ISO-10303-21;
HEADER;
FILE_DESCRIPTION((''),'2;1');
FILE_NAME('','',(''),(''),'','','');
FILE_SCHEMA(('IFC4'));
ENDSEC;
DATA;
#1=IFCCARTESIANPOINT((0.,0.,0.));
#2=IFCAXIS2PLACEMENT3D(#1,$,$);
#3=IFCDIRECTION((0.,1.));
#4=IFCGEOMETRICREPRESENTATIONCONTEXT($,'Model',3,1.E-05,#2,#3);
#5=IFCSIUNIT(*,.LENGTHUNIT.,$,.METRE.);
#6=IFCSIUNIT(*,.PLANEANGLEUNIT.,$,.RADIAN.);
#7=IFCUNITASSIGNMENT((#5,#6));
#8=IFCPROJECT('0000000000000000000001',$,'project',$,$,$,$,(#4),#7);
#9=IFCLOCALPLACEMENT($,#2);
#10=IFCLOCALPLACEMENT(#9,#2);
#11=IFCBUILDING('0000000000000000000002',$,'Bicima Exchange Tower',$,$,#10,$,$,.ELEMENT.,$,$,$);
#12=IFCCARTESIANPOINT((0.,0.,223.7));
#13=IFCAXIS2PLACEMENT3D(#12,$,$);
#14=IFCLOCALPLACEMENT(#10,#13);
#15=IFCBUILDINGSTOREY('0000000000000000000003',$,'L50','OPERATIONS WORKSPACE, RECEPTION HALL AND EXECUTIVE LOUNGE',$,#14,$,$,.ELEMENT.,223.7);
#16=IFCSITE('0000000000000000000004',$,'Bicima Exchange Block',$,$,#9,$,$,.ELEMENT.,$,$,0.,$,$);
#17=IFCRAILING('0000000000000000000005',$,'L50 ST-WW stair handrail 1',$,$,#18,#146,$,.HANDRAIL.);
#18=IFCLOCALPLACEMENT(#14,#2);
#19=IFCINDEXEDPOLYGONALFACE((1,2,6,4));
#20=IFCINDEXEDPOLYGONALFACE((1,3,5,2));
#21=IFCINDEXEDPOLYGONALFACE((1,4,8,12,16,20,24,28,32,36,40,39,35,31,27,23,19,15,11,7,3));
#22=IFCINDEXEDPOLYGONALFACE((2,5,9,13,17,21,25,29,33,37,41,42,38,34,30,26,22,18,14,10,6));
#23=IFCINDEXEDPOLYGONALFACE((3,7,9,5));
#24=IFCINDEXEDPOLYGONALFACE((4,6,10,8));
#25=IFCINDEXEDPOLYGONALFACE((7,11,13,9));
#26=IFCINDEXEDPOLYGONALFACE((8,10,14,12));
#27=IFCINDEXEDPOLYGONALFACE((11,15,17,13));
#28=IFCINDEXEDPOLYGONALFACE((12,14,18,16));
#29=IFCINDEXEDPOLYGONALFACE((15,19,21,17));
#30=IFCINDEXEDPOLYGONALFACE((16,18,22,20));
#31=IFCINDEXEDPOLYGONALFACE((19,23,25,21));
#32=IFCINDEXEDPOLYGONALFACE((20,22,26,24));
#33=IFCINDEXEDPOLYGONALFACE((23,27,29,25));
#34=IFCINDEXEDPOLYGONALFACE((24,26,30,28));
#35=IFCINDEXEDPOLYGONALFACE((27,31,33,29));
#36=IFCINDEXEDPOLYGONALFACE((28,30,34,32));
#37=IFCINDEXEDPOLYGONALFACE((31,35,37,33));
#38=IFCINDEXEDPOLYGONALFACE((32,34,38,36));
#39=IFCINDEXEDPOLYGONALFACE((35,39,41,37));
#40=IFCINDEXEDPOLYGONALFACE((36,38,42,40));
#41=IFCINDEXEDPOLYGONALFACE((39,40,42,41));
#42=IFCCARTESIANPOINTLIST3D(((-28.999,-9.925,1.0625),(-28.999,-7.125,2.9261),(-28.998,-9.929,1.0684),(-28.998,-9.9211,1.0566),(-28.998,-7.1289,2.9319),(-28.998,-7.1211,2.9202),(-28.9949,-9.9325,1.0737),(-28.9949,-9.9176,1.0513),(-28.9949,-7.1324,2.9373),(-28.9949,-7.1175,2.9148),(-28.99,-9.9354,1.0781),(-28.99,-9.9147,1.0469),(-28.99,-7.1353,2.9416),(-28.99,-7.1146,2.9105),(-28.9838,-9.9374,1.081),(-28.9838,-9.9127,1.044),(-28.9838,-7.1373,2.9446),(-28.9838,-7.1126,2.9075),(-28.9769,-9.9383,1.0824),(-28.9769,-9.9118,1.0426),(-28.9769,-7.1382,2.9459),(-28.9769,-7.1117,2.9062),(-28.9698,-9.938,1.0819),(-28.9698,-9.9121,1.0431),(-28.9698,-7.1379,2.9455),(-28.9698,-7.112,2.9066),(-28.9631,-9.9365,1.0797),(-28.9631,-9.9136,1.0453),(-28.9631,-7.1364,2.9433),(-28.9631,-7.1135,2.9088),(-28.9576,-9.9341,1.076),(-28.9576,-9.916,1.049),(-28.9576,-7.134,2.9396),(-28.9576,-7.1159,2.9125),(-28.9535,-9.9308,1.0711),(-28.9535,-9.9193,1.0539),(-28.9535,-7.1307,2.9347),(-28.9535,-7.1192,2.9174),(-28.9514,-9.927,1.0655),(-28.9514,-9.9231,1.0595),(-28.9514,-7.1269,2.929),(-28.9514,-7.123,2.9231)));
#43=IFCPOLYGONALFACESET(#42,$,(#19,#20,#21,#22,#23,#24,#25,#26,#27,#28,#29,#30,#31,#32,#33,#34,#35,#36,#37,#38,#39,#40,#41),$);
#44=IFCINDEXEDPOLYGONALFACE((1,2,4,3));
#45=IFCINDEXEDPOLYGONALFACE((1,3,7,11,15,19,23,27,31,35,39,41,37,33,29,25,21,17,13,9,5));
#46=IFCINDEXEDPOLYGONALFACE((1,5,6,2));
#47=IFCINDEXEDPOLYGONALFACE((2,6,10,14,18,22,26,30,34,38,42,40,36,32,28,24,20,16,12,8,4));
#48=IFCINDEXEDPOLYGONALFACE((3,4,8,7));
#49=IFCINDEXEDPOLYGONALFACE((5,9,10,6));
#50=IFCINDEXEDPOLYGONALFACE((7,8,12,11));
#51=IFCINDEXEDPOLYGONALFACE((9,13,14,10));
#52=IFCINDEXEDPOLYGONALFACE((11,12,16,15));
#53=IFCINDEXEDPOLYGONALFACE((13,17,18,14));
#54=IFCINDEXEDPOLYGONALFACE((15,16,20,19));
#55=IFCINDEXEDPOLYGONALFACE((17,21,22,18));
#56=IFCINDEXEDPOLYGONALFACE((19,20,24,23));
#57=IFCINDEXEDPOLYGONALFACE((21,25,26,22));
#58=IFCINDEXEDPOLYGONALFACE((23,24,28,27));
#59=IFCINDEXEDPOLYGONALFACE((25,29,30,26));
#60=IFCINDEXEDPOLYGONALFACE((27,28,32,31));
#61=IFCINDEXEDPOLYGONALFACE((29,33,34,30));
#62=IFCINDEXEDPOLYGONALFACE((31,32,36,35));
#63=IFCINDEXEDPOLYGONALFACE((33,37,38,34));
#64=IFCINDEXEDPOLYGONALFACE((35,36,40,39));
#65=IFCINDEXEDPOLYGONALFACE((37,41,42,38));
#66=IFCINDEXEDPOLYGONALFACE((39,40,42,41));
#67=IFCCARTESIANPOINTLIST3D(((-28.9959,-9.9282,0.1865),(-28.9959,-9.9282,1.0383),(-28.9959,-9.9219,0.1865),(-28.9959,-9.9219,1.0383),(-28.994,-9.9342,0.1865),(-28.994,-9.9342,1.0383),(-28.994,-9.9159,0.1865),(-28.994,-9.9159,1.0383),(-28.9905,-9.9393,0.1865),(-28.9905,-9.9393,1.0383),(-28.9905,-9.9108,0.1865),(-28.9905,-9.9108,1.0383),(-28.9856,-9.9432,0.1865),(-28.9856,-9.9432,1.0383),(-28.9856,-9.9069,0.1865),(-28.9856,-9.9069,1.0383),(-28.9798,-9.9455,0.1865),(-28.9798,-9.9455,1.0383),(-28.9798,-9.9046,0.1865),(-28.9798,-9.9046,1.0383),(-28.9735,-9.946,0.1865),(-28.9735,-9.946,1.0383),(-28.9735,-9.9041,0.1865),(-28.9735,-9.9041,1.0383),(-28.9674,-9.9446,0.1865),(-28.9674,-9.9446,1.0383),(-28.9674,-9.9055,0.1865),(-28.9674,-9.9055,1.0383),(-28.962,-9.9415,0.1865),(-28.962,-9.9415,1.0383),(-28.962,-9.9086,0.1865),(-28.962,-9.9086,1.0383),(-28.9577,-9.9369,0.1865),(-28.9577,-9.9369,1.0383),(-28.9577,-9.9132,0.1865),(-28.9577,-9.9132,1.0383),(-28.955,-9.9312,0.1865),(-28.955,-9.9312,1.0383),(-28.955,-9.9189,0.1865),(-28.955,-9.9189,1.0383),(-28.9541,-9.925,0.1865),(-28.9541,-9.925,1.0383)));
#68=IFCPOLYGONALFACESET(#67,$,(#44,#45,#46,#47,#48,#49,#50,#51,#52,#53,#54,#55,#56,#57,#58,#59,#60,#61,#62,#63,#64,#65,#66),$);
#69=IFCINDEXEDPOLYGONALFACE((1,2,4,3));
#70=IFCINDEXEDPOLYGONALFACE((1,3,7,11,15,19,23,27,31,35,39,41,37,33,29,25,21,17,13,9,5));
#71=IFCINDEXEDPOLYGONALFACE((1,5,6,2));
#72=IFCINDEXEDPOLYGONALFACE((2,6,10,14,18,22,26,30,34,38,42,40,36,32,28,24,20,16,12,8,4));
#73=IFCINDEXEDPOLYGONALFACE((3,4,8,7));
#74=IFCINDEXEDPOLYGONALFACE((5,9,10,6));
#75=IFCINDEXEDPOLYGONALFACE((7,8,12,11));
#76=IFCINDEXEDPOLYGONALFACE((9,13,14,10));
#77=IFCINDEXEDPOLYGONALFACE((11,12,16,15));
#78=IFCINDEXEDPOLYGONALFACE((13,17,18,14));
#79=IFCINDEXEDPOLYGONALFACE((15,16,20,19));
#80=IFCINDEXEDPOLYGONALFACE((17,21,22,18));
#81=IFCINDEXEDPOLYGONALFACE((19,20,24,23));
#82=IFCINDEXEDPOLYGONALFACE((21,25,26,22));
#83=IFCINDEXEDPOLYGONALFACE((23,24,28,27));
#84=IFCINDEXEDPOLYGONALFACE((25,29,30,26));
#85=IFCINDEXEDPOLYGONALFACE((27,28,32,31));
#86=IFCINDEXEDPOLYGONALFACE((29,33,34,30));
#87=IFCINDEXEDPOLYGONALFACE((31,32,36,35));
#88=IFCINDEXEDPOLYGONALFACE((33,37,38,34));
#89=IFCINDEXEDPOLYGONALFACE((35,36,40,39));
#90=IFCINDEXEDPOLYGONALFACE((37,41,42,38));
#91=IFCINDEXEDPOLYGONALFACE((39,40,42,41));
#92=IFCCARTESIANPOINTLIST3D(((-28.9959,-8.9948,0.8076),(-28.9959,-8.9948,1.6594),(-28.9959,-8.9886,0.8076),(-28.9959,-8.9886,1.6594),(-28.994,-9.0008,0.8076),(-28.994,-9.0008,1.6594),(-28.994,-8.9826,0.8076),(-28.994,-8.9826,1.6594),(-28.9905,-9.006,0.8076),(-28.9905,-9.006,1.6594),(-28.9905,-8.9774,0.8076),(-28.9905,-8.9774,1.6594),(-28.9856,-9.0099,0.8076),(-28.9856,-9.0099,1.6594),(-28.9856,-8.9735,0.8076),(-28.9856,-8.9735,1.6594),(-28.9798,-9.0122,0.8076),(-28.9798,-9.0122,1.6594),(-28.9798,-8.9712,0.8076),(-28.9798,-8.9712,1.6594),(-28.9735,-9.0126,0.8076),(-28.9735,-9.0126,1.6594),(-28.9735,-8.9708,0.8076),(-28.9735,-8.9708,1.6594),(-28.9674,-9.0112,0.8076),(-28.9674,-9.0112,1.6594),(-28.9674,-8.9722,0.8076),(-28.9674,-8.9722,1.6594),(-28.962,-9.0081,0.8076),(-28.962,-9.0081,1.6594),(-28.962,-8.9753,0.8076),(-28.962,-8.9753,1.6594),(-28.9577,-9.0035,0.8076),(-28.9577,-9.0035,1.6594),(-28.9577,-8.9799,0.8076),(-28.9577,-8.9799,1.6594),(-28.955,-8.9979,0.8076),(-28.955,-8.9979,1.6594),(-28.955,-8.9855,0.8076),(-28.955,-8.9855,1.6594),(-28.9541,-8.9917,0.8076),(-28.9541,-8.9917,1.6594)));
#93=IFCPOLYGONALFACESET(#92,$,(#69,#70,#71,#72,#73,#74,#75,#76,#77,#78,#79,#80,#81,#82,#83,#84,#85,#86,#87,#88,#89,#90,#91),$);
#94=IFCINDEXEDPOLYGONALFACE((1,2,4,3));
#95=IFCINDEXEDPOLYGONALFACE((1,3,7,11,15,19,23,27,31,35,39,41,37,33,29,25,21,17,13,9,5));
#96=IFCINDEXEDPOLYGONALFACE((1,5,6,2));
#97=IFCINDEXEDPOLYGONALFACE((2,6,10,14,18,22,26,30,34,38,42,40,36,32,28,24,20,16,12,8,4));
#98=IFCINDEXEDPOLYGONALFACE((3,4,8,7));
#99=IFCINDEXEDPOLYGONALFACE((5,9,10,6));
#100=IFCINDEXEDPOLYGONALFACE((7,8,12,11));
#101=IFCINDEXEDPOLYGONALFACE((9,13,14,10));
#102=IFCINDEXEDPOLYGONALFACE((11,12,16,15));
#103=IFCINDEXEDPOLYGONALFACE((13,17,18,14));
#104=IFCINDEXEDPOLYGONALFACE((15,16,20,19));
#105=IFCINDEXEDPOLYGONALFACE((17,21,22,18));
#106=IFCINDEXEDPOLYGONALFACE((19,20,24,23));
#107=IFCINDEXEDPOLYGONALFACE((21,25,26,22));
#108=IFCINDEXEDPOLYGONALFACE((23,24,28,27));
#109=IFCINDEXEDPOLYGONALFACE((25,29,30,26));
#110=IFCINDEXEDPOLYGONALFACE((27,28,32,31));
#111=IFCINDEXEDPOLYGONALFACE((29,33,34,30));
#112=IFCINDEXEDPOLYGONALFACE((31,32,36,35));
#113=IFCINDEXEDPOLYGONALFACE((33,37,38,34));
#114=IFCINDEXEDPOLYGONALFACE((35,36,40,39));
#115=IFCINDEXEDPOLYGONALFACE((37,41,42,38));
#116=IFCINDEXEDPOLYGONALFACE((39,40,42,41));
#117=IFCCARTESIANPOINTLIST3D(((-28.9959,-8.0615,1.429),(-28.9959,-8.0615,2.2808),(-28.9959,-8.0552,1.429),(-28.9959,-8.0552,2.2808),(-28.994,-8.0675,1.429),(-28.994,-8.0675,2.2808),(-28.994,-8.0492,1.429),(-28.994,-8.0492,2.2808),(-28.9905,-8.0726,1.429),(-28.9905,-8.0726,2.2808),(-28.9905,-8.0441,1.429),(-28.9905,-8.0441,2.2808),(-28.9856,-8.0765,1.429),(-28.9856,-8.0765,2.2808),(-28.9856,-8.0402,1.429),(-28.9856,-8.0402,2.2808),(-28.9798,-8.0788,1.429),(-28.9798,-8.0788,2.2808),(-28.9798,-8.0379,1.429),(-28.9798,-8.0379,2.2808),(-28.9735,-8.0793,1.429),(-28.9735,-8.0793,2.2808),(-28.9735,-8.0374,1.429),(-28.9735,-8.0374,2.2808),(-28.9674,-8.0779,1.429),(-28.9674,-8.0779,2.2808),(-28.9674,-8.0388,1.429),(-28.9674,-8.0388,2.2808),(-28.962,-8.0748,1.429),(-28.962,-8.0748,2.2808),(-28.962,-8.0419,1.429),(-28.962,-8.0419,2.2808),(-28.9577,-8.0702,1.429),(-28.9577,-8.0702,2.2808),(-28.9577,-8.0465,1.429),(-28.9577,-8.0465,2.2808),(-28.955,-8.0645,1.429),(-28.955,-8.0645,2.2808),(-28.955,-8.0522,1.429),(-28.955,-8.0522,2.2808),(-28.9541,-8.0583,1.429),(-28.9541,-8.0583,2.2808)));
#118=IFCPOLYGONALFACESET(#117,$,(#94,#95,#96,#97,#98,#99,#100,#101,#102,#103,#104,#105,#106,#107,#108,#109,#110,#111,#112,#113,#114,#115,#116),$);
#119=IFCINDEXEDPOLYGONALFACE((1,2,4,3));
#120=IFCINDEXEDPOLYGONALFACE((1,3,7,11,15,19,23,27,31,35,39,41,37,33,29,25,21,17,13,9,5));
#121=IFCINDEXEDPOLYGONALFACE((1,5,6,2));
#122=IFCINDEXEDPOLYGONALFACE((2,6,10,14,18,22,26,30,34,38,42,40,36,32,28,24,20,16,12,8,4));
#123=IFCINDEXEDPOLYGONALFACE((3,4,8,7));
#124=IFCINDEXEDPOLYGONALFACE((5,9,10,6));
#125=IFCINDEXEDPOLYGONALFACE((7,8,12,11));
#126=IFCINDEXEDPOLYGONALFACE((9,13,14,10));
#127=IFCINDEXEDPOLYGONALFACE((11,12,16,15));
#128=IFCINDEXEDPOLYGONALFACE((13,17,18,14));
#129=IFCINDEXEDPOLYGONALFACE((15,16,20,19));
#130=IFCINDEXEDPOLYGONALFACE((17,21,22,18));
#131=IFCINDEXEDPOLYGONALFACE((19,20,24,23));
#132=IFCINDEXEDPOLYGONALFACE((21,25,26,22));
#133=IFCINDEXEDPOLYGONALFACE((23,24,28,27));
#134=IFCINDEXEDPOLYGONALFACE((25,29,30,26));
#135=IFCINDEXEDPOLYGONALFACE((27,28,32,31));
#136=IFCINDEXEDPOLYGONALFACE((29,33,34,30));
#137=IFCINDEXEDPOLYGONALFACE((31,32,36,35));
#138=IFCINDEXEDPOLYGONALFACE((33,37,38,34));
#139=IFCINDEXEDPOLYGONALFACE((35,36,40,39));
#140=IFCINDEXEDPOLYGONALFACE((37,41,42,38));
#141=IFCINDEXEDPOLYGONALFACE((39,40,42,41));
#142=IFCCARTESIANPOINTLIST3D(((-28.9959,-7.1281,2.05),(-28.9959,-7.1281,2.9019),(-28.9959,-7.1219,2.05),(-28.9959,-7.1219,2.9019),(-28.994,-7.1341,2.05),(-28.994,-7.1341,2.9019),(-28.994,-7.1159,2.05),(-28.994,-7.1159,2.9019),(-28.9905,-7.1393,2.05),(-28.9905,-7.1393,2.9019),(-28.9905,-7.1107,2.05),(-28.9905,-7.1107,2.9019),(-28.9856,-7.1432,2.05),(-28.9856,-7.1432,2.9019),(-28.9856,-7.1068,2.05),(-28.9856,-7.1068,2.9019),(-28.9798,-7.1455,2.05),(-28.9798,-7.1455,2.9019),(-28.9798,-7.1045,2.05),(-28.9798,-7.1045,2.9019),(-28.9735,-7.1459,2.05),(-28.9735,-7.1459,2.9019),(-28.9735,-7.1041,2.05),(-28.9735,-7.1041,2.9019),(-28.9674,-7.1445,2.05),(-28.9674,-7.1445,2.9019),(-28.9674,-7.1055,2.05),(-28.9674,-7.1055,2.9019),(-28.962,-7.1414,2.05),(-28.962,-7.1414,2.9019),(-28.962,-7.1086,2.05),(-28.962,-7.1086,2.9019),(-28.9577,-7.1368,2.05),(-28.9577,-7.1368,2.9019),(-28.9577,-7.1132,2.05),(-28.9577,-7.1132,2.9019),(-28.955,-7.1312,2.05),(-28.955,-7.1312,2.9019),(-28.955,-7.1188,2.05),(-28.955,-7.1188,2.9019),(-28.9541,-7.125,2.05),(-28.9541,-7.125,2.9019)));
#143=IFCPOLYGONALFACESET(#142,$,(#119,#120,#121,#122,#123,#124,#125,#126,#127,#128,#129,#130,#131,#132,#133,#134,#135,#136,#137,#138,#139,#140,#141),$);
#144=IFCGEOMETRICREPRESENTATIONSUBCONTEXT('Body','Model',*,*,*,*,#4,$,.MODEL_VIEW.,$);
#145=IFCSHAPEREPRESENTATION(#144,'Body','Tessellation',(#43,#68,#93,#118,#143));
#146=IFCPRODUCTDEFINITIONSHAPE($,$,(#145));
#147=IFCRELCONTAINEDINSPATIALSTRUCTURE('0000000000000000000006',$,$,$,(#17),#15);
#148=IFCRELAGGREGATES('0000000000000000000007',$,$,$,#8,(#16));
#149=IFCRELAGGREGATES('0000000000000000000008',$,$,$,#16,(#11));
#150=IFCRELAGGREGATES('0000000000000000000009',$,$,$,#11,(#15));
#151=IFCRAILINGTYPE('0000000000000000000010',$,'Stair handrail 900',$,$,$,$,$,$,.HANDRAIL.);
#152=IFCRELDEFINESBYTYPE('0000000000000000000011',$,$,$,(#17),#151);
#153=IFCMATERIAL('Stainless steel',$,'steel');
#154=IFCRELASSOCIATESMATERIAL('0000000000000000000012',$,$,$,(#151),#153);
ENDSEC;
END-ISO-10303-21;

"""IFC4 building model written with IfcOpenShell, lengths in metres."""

from ifc_helpers import new_model, si_unit, direction, frame, origin, origin_2d, place, context, subcontext, project, spatial, circle, extrude, material, type_object, element, save


model = new_model("IFC4")

# Units and contexts
model_context = context("Model", 3, precision=1e-05, world=origin(), true_north=direction((0.0, 1.0)))
body_context = subcontext(model_context, "Body", "Model", "MODEL_VIEW")
ifc_project = project(units=[si_unit("LENGTHUNIT", "METRE"), si_unit("PLANEANGLEUNIT", "RADIAN")], contexts=[model_context])

# Site, building, storey
site_placement = place(None, origin())
site = spatial("IfcSite", under=ifc_project, at=site_placement, Name="Bicima Exchange Block", CompositionType="ELEMENT", RefElevation=0.0)
building_placement = place(site_placement, origin())
building = spatial("IfcBuilding", under=site, at=building_placement, Name="Bicima Exchange Tower", CompositionType="ELEMENT")
storey_placement = place(building_placement, frame((0.0, 0.0, 223.7)))
storey = spatial("IfcBuildingStorey", under=building, at=storey_placement, Name="L50", Description="OPERATIONS WORKSPACE, RECEPTION HALL AND EXECUTIVE LOUNGE", CompositionType="ELEMENT", Elevation=223.7)

# Railing
ifc_material_1 = material(Name="Stainless steel", Category="steel")
railing_type_1 = type_object("IfcRailingType", Name="Stair handrail 900", PredefinedType="HANDRAIL", material=ifc_material_1)
railing_1_placement = place(storey_placement, frame((-28.9751, -9.925, 0.1865)))
element("IfcRailing", 1, at=railing_1_placement, inside=storey, type_object=railing_type_1, Name="L50 ST-WW stair handrail 1", PredefinedType="HANDRAIL", context=body_context, shape_type="SweptSolid", body=[
    extrude(circle(Radius=0.0239, at=origin_2d()), frame((0.0, 0.0, 0.876), z_axis=(0.0, 0.832486, 0.554047), x_axis=(-1.0, 0.0, 0.0)), (0.0, 0.0, 1.0), 3.3635),
    extrude(circle(Radius=0.021, at=origin_2d()), origin(), (0.0, 0.0, 1.0), 0.8518),
    extrude(circle(Radius=0.021, at=origin_2d()), frame((0.0, 0.9333, 0.6211)), (0.0, 0.0, 1.0), 0.8518),
    extrude(circle(Radius=0.021, at=origin_2d()), frame((0.0, 1.8667, 1.2424)), (0.0, 0.0, 1.0), 0.8518),
    extrude(circle(Radius=0.021, at=origin_2d()), frame((0.0, 2.8, 1.8635)), (0.0, 0.0, 1.0), 0.8518),
])

save(model, "model.ifc")
